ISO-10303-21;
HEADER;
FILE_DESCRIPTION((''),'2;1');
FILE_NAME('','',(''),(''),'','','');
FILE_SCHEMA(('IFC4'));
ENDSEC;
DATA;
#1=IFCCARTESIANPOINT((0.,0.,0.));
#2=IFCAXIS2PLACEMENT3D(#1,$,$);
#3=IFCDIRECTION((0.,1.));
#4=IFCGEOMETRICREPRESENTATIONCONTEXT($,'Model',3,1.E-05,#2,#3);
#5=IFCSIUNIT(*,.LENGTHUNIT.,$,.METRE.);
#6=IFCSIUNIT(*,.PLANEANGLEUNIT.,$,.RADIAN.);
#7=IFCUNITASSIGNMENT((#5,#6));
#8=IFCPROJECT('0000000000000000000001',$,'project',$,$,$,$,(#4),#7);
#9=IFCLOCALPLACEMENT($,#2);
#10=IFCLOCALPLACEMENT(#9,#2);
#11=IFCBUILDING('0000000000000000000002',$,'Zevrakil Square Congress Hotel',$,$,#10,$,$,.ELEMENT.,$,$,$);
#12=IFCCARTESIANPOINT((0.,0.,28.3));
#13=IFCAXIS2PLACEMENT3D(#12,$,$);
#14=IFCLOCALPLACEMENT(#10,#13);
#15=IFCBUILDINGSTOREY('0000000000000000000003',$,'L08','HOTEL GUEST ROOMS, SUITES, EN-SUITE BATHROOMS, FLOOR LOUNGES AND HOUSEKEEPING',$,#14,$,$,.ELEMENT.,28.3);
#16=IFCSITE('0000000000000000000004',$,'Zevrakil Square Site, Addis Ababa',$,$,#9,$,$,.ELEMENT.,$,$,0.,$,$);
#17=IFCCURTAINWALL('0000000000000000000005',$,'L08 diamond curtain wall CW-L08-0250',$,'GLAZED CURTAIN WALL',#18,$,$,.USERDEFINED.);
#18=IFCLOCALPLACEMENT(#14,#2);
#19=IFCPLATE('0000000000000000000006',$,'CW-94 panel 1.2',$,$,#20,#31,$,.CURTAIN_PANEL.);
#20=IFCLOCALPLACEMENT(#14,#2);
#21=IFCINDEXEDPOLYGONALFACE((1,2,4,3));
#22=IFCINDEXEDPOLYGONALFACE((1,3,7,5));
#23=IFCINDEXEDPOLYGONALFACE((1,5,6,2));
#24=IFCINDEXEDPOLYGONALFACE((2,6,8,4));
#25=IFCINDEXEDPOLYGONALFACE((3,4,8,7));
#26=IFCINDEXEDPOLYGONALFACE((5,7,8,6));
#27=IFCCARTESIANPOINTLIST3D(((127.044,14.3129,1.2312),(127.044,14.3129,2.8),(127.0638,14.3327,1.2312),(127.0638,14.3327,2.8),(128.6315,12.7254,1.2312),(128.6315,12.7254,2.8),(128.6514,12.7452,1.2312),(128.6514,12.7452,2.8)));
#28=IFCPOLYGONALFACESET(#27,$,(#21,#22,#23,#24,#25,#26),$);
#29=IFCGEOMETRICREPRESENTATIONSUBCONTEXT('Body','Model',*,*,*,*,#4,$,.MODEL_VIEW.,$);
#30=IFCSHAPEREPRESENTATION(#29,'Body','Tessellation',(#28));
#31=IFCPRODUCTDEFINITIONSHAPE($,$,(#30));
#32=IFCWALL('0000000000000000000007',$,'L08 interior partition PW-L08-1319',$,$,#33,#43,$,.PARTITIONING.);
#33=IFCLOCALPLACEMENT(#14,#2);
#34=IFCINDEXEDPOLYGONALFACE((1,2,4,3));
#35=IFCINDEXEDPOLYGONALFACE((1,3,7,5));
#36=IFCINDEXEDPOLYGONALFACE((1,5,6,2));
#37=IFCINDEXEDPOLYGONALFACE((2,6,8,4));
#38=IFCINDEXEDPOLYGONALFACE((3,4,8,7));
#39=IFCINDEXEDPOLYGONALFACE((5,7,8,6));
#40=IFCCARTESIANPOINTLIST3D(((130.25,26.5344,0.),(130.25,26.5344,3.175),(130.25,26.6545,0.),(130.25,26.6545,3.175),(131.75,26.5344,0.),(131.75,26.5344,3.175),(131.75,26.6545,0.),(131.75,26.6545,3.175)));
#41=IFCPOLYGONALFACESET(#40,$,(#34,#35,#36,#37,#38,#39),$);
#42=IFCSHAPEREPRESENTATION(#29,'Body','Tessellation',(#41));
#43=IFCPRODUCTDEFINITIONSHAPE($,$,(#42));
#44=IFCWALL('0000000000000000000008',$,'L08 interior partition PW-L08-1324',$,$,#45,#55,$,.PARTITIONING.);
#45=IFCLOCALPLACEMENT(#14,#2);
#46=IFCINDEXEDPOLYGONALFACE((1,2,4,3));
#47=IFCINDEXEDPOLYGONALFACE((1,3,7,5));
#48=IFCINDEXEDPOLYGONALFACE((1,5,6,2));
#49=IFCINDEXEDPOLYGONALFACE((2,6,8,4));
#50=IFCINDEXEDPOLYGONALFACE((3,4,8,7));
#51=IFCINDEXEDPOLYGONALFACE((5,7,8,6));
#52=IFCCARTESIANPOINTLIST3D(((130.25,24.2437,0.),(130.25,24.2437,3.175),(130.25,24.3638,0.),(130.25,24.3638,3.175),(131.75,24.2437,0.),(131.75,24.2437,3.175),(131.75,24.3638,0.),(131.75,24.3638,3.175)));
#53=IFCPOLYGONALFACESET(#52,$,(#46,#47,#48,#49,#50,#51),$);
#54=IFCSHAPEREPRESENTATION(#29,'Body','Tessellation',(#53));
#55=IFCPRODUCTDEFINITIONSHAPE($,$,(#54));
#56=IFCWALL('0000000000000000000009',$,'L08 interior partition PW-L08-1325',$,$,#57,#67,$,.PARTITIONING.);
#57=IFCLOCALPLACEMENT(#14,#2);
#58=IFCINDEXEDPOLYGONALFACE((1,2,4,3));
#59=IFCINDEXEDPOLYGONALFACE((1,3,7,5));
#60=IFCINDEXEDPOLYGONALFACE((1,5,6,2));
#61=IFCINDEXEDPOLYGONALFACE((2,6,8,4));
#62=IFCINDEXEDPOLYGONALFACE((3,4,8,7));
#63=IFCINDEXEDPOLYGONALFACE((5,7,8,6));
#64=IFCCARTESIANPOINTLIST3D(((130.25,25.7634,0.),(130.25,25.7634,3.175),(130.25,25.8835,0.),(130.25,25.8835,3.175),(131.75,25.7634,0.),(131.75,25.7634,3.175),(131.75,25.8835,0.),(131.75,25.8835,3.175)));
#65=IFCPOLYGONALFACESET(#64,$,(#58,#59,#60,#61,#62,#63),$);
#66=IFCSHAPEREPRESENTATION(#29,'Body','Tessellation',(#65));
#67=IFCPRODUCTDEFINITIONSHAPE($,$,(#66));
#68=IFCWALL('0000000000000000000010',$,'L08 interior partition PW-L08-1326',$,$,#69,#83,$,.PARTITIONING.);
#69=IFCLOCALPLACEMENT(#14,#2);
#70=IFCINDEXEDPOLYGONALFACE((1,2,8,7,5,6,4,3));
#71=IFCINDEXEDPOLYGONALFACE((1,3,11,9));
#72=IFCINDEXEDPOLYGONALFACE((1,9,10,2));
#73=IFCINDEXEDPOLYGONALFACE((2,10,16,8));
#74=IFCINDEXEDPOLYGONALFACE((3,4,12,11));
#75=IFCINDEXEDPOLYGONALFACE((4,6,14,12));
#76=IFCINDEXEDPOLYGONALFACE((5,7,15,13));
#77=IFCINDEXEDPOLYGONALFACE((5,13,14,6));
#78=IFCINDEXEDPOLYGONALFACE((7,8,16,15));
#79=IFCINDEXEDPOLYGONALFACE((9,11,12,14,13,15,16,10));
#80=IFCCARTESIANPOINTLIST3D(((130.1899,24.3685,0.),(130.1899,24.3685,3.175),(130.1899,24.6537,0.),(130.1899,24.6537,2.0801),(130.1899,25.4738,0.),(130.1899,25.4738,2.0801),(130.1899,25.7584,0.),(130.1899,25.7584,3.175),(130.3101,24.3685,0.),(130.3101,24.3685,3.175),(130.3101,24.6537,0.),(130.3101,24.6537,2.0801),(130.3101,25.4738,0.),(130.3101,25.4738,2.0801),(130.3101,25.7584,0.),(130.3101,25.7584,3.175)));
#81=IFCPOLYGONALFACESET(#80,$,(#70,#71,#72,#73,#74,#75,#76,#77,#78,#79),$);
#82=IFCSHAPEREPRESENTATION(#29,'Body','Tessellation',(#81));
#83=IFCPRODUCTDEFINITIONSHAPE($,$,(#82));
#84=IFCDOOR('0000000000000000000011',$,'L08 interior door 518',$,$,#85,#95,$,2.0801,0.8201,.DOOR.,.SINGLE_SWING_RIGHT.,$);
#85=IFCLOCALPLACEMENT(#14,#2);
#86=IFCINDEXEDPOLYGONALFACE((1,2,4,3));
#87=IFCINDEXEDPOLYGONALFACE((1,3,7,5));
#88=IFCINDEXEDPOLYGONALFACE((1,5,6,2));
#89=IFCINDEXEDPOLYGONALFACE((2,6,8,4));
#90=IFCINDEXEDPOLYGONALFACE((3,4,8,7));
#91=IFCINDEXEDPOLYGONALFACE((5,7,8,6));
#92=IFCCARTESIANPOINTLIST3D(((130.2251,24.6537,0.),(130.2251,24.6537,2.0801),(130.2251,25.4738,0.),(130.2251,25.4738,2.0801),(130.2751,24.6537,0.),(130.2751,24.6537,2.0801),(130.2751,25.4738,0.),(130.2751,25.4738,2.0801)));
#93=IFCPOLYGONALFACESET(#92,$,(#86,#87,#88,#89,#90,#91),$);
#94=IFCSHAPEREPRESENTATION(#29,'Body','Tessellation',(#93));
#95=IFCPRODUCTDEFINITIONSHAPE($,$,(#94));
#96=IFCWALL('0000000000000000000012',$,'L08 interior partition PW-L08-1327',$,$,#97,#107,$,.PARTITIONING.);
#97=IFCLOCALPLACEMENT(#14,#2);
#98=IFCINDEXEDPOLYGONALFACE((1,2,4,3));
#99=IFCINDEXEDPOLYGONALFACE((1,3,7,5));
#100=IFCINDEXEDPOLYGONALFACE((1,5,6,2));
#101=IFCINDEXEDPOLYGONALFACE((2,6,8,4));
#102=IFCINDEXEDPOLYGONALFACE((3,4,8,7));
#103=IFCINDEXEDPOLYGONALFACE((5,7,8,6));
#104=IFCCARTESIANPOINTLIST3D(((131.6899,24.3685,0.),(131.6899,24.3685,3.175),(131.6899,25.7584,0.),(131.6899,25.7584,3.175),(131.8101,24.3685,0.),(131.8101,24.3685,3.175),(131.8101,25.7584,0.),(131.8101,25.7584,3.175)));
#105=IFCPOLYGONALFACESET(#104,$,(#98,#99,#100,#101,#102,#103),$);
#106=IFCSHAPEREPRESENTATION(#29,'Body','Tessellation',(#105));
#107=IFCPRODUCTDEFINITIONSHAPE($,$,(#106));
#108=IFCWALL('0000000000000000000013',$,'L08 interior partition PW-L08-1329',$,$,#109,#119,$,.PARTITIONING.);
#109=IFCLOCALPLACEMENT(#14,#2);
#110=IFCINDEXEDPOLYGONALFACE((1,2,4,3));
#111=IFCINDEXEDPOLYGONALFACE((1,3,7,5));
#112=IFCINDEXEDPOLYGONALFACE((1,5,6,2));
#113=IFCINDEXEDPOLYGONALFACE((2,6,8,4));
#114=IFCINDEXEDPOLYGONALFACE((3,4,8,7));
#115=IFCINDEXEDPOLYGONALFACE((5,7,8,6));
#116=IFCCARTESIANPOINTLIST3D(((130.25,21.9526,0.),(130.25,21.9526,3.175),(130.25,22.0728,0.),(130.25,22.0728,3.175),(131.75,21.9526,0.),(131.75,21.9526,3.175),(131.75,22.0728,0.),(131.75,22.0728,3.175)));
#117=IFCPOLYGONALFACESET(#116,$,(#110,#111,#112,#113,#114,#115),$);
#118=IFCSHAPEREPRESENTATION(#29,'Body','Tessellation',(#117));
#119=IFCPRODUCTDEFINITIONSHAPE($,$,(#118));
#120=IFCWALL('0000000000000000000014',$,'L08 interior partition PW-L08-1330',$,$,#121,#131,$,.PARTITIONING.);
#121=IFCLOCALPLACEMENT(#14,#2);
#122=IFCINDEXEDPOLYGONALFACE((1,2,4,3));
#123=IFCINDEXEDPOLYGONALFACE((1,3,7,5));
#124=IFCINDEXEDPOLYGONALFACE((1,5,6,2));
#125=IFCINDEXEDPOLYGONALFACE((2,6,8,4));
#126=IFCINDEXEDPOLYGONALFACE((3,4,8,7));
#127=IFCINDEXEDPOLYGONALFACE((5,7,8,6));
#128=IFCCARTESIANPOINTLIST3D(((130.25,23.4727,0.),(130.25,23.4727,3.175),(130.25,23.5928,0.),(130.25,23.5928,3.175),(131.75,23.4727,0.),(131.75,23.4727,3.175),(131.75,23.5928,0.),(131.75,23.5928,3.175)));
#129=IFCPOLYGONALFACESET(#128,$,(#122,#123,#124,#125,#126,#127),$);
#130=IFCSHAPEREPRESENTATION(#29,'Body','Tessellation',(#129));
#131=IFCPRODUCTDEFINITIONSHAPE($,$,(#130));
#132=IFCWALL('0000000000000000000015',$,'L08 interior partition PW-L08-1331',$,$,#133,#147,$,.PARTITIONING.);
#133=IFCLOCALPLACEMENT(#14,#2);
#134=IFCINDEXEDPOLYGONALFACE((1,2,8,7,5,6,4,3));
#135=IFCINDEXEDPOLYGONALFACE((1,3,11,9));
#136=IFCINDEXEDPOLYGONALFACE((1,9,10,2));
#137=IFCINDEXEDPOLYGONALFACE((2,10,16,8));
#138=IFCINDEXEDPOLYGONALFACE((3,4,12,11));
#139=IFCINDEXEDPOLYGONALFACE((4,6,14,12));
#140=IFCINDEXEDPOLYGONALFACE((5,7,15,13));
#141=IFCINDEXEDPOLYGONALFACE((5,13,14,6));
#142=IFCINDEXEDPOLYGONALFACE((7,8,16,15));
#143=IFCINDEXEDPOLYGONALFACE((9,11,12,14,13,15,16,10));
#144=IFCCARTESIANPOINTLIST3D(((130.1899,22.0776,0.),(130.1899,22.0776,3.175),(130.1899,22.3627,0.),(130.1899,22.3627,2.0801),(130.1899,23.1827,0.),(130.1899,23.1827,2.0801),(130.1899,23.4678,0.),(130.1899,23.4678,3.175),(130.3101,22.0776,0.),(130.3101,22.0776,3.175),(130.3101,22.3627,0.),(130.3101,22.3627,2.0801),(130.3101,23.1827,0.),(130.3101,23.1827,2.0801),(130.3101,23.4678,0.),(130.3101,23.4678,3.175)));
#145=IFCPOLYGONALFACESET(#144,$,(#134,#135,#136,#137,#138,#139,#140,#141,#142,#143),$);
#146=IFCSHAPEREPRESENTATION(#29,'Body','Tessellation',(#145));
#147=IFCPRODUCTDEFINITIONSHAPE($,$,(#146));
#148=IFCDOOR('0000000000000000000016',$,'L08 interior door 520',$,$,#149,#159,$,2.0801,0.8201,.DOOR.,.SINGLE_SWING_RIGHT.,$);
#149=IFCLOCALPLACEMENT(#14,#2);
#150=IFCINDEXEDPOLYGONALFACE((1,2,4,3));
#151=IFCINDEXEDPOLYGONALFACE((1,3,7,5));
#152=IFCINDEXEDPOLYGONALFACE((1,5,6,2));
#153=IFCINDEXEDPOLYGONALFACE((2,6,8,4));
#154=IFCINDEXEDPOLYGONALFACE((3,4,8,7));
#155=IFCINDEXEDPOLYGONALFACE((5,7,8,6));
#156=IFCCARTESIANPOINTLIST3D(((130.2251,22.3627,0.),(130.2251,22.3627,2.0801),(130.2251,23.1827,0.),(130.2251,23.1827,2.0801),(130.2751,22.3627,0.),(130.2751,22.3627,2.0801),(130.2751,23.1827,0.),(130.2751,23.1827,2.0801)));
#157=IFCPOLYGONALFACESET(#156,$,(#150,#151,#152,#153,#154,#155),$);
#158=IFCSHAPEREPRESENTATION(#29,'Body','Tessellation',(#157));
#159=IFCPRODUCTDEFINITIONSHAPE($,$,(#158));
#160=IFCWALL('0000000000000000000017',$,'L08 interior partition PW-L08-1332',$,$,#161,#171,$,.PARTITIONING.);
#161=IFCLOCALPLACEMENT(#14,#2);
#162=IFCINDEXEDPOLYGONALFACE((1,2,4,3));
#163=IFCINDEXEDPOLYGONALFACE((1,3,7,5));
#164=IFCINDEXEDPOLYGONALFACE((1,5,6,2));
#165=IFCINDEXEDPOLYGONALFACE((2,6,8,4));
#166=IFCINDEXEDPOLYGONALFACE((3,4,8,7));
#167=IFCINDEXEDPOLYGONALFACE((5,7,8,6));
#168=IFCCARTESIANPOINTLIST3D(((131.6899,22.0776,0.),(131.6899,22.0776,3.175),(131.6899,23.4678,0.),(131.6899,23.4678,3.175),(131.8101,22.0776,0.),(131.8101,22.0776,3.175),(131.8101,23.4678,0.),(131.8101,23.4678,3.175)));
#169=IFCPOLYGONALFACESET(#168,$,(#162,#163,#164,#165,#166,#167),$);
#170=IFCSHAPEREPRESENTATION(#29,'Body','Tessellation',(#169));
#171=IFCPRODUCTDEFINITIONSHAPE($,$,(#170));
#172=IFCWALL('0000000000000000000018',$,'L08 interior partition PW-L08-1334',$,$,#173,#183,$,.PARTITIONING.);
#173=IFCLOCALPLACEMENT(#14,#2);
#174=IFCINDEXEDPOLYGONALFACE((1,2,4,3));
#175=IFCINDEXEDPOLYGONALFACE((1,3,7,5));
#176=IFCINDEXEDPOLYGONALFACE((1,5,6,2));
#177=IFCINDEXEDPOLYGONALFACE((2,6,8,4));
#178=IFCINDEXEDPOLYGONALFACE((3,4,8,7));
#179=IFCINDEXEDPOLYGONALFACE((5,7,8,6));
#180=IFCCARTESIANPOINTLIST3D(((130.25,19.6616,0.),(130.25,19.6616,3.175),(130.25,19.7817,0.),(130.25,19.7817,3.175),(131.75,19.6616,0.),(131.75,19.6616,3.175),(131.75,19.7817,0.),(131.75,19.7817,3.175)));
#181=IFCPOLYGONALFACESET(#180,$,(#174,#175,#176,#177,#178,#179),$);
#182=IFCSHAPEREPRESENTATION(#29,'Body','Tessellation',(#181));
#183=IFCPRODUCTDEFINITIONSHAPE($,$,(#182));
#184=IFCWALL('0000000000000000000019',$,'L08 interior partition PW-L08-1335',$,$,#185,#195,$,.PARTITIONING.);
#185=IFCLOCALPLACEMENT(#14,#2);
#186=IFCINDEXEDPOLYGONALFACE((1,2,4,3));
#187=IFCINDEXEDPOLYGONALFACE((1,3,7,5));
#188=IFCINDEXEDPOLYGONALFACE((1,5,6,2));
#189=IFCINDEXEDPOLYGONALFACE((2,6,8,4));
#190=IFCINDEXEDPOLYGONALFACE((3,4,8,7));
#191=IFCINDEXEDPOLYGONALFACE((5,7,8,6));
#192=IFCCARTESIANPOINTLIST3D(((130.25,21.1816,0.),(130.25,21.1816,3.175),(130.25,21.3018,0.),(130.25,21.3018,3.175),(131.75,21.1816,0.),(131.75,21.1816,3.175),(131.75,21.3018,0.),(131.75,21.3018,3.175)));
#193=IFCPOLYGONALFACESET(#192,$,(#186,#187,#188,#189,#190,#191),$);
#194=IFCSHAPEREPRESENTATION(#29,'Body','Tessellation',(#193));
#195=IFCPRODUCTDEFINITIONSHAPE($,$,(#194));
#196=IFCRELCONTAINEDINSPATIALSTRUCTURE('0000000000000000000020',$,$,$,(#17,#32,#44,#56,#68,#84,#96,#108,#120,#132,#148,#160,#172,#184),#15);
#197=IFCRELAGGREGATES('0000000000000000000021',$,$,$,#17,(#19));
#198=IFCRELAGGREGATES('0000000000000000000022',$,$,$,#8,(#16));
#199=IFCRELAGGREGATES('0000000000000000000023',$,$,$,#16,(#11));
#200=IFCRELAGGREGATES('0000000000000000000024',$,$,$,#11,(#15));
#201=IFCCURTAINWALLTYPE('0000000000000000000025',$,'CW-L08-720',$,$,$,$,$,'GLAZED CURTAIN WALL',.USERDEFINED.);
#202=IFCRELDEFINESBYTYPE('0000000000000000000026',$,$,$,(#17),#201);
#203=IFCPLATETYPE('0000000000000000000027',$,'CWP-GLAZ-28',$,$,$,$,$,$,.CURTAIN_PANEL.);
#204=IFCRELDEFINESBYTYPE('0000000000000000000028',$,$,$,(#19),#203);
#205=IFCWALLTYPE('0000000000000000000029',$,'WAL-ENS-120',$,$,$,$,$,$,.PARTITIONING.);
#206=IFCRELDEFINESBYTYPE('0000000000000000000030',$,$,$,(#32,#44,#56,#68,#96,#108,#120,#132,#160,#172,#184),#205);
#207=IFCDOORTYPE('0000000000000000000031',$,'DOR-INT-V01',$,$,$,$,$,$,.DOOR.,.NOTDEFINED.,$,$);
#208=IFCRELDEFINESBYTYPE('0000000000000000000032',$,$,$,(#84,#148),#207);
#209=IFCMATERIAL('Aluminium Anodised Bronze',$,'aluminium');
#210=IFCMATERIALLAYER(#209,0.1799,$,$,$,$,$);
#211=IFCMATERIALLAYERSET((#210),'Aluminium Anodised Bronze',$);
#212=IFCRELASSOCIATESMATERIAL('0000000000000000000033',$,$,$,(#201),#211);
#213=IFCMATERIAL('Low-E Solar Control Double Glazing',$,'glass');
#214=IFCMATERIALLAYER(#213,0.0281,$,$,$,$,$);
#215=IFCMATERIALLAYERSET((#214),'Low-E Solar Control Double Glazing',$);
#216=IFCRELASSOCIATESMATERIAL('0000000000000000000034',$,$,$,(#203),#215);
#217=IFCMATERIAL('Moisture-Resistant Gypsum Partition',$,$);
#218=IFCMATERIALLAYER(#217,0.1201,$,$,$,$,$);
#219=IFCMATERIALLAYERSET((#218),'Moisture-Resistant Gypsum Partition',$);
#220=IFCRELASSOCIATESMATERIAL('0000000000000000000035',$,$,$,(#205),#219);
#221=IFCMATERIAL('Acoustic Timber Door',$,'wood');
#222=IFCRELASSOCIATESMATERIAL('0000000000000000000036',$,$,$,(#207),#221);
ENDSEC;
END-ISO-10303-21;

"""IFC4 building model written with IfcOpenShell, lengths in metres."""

from ifc_helpers import new_model, si_unit, direction, frame, frame_2d, origin, origin_2d, place, context, subcontext, project, spatial, rectangle, extrude, material, layer, layer_set, type_object, element, fill, aggregate, save


model = new_model("IFC4")

# Units and contexts
model_context = context("Model", 3, precision=1e-05, world=origin(), true_north=direction((0.0, 1.0)))
body_context = subcontext(model_context, "Body", "Model", "MODEL_VIEW")
ifc_project = project(units=[si_unit("LENGTHUNIT", "METRE"), si_unit("PLANEANGLEUNIT", "RADIAN")], contexts=[model_context])

# Site, building, storey
site_placement = place(None, origin())
site = spatial("IfcSite", under=ifc_project, at=site_placement, Name="Zevrakil Square Site, Addis Ababa", CompositionType="ELEMENT", RefElevation=0.0)
building_placement = place(site_placement, origin())
building = spatial("IfcBuilding", under=site, at=building_placement, Name="Zevrakil Square Congress Hotel", CompositionType="ELEMENT")
storey_placement = place(building_placement, frame((0.0, 0.0, 28.3)))
storey = spatial("IfcBuildingStorey", under=building, at=storey_placement, Name="L08", Description="HOTEL GUEST ROOMS, SUITES, EN-SUITE BATHROOMS, FLOOR LOUNGES AND HOUSEKEEPING", CompositionType="ELEMENT", Elevation=28.3)

# Curtain wall, plate
ifc_material_1 = material(Name="Aluminium Anodised Bronze", Category="aluminium")
ifc_layer_1 = layer(ifc_material_1, 0.1799)
ifc_layer_set_1 = layer_set([ifc_layer_1], Name="Aluminium Anodised Bronze")
curtain_wall_type = type_object("IfcCurtainWallType", Name="CW-L08-720", ElementType="GLAZED CURTAIN WALL", PredefinedType="USERDEFINED", material=ifc_layer_set_1)
curtain_wall_placement = place(storey_placement, origin())
curtain_wall = element("IfcCurtainWall", 1, at=curtain_wall_placement, inside=storey, type_object=curtain_wall_type, Name="L08 diamond curtain wall CW-L08-0250", ObjectType="GLAZED CURTAIN WALL", PredefinedType="USERDEFINED")
ifc_material_2 = material(Name="Low-E Solar Control Double Glazing", Category="glass")
ifc_layer_2 = layer(ifc_material_2, 0.0281)
ifc_layer_set_2 = layer_set([ifc_layer_2], Name="Low-E Solar Control Double Glazing")
plate_type = type_object("IfcPlateType", Name="CWP-GLAZ-28", PredefinedType="CURTAIN_PANEL", material=ifc_layer_set_2)
plate_placement = place(storey_placement, frame((127.8477, 13.5291, 1.2312), z_axis=(0.0, 0.0, 1.0), x_axis=(0.707107, -0.707107, 0.0)))
plate = element("IfcPlate", 2, at=plate_placement, type_object=plate_type, Name="CW-94 panel 1.2", PredefinedType="CURTAIN_PANEL", context=body_context, shape_type="SweptSolid", body=[
    extrude(rectangle(XDim=2.2451, YDim=0.0281, at=origin_2d()), origin(), (0.0, 0.0, 1.0), 1.5688),
])
aggregate(curtain_wall, [plate])

# Walls
ifc_material_3 = material(Name="Moisture-Resistant Gypsum Partition")
ifc_layer_3 = layer(ifc_material_3, 0.1201)
ifc_layer_set_3 = layer_set([ifc_layer_3], Name="Moisture-Resistant Gypsum Partition")
wall_type = type_object("IfcWallType", Name="WAL-ENS-120", PredefinedType="PARTITIONING", material=ifc_layer_set_3)
for number, where, z_axis, x_axis, name in (
    (3, (130.25, 26.5945, 0.0), (0.0, 0.0, 1.0), (1.0, 0.0, 0.0), "L08 interior partition PW-L08-1319"),
    (4, (130.25, 24.3037, 0.0), (0.0, 0.0, 1.0), (1.0, 0.0, 0.0), "L08 interior partition PW-L08-1324"),
    (5, (130.25, 25.8235, 0.0), (0.0, 0.0, 1.0), (1.0, 0.0, 0.0), "L08 interior partition PW-L08-1325"),
):
    element("IfcWall", number, at=place(storey_placement, frame(where, z_axis=z_axis, x_axis=x_axis)), inside=storey, type_object=wall_type, Name=name, PredefinedType="PARTITIONING", context=body_context, shape_type="SweptSolid", body=[
        extrude(rectangle(XDim=1.5, YDim=0.1201, at=frame_2d((0.75, 0.0))), origin(), (0.0, 0.0, 1.0), 3.175),
    ])

# Wall, opening, door
wall_1_placement = place(storey_placement, frame((130.25, 24.3687, 0.0), z_axis=(0.0, 0.0, 1.0), x_axis=(0.0, 1.0, 0.0)))
wall_1 = element("IfcWall", 6, at=wall_1_placement, inside=storey, type_object=wall_type, Name="L08 interior partition PW-L08-1326", PredefinedType="PARTITIONING", context=body_context, shape_type="SweptSolid", body=[
    extrude(rectangle(XDim=1.3899, YDim=0.1201, at=frame_2d((0.6948, 0.0))), origin(), (0.0, 0.0, 1.0), 3.175),
])
opening_1_placement = place(wall_1_placement, frame((0.2849, 0.0, 0.0)))
opening_1 = element("IfcOpeningElement", 7, at=opening_1_placement, cuts=wall_1, PredefinedType="OPENING", context=body_context, shape_type="SweptSolid", body=[
    extrude(rectangle(XDim=0.8201, YDim=2.0801, at=frame_2d((0.4102, 1.04))), frame((0.0, 0.0701, 0.0), z_axis=(0.0, -1.0, 0.0), x_axis=(1.0, 0.0, 0.0)), (0.0, 0.0, 1.0), 0.1401),
])
ifc_material_4 = material(Name="Acoustic Timber Door", Category="wood")
door_type = type_object("IfcDoorType", Name="DOR-INT-V01", OperationType="NOTDEFINED", PredefinedType="DOOR", material=ifc_material_4)
door_1_placement = place(opening_1_placement, origin())
door_1 = element("IfcDoor", 8, at=door_1_placement, inside=storey, type_object=door_type, Name="L08 interior door 518", OperationType="SINGLE_SWING_RIGHT", OverallHeight=2.0801, OverallWidth=0.8201, PredefinedType="DOOR", context=body_context, shape_type="SweptSolid", body=[
    extrude(rectangle(XDim=0.8201, YDim=2.0801, at=frame_2d((0.4102, 1.04))), frame((0.0, 0.0249, 0.0), z_axis=(0.0, -1.0, 0.0), x_axis=(1.0, 0.0, 0.0)), (0.0, 0.0, 1.0), 0.05),
])
fill(opening_1, door_1)

# Walls
wall_2_placement = place(storey_placement, frame((131.75, 24.3687, 0.0), z_axis=(0.0, 0.0, 1.0), x_axis=(0.0, 1.0, 0.0)))
element("IfcWall", 9, at=wall_2_placement, inside=storey, type_object=wall_type, Name="L08 interior partition PW-L08-1327", PredefinedType="PARTITIONING", context=body_context, shape_type="SweptSolid", body=[
    extrude(rectangle(XDim=1.3899, YDim=0.1201, at=frame_2d((0.6948, 0.0))), origin(), (0.0, 0.0, 1.0), 3.175),
])
for number, where, z_axis, x_axis, name in (
    (10, (130.25, 22.0127, 0.0), (0.0, 0.0, 1.0), (1.0, 0.0, 0.0), "L08 interior partition PW-L08-1329"),
    (11, (130.25, 23.5327, 0.0), (0.0, 0.0, 1.0), (1.0, 0.0, 0.0), "L08 interior partition PW-L08-1330"),
):
    element("IfcWall", number, at=place(storey_placement, frame(where, z_axis=z_axis, x_axis=x_axis)), inside=storey, type_object=wall_type, Name=name, PredefinedType="PARTITIONING", context=body_context, shape_type="SweptSolid", body=[
        extrude(rectangle(XDim=1.5, YDim=0.1201, at=frame_2d((0.75, 0.0))), origin(), (0.0, 0.0, 1.0), 3.175),
    ])

# Wall, opening, door
wall_3_placement = place(storey_placement, frame((130.25, 22.0776, 0.0), z_axis=(0.0, 0.0, 1.0), x_axis=(0.0, 1.0, 0.0)))
wall_3 = element("IfcWall", 12, at=wall_3_placement, inside=storey, type_object=wall_type, Name="L08 interior partition PW-L08-1331", PredefinedType="PARTITIONING", context=body_context, shape_type="SweptSolid", body=[
    extrude(rectangle(XDim=1.3901, YDim=0.1201, at=frame_2d((0.6951, 0.0))), origin(), (0.0, 0.0, 1.0), 3.175),
])
opening_2_placement = place(wall_3_placement, frame((0.2849, 0.0, 0.0)))
opening_2 = element("IfcOpeningElement", 13, at=opening_2_placement, cuts=wall_3, PredefinedType="OPENING", context=body_context, shape_type="SweptSolid", body=[
    extrude(rectangle(XDim=0.8201, YDim=2.0801, at=frame_2d((0.4102, 1.04))), frame((0.0, 0.0701, 0.0), z_axis=(0.0, -1.0, 0.0), x_axis=(1.0, 0.0, 0.0)), (0.0, 0.0, 1.0), 0.1401),
])
door_2_placement = place(opening_2_placement, origin())
door_2 = element("IfcDoor", 14, at=door_2_placement, inside=storey, type_object=door_type, Name="L08 interior door 520", OperationType="SINGLE_SWING_RIGHT", OverallHeight=2.0801, OverallWidth=0.8201, PredefinedType="DOOR", context=body_context, shape_type="SweptSolid", body=[
    extrude(rectangle(XDim=0.8201, YDim=2.0801, at=frame_2d((0.4102, 1.04))), frame((0.0, 0.0249, 0.0), z_axis=(0.0, -1.0, 0.0), x_axis=(1.0, 0.0, 0.0)), (0.0, 0.0, 1.0), 0.05),
])
fill(opening_2, door_2)

# Walls
wall_4_placement = place(storey_placement, frame((131.75, 22.0776, 0.0), z_axis=(0.0, 0.0, 1.0), x_axis=(0.0, 1.0, 0.0)))
element("IfcWall", 15, at=wall_4_placement, inside=storey, type_object=wall_type, Name="L08 interior partition PW-L08-1332", PredefinedType="PARTITIONING", context=body_context, shape_type="SweptSolid", body=[
    extrude(rectangle(XDim=1.3901, YDim=0.1201, at=frame_2d((0.6951, 0.0))), origin(), (0.0, 0.0, 1.0), 3.175),
])
for number, where, z_axis, x_axis, name in (
    (16, (130.25, 19.7217, 0.0), (0.0, 0.0, 1.0), (1.0, 0.0, 0.0), "L08 interior partition PW-L08-1334"),
    (17, (130.25, 21.2417, 0.0), (0.0, 0.0, 1.0), (1.0, 0.0, 0.0), "L08 interior partition PW-L08-1335"),
):
    element("IfcWall", number, at=place(storey_placement, frame(where, z_axis=z_axis, x_axis=x_axis)), inside=storey, type_object=wall_type, Name=name, PredefinedType="PARTITIONING", context=body_context, shape_type="SweptSolid", body=[
        extrude(rectangle(XDim=1.5, YDim=0.1201, at=frame_2d((0.75, 0.0))), origin(), (0.0, 0.0, 1.0), 3.175),
    ])

save(model, "model.ifc")
